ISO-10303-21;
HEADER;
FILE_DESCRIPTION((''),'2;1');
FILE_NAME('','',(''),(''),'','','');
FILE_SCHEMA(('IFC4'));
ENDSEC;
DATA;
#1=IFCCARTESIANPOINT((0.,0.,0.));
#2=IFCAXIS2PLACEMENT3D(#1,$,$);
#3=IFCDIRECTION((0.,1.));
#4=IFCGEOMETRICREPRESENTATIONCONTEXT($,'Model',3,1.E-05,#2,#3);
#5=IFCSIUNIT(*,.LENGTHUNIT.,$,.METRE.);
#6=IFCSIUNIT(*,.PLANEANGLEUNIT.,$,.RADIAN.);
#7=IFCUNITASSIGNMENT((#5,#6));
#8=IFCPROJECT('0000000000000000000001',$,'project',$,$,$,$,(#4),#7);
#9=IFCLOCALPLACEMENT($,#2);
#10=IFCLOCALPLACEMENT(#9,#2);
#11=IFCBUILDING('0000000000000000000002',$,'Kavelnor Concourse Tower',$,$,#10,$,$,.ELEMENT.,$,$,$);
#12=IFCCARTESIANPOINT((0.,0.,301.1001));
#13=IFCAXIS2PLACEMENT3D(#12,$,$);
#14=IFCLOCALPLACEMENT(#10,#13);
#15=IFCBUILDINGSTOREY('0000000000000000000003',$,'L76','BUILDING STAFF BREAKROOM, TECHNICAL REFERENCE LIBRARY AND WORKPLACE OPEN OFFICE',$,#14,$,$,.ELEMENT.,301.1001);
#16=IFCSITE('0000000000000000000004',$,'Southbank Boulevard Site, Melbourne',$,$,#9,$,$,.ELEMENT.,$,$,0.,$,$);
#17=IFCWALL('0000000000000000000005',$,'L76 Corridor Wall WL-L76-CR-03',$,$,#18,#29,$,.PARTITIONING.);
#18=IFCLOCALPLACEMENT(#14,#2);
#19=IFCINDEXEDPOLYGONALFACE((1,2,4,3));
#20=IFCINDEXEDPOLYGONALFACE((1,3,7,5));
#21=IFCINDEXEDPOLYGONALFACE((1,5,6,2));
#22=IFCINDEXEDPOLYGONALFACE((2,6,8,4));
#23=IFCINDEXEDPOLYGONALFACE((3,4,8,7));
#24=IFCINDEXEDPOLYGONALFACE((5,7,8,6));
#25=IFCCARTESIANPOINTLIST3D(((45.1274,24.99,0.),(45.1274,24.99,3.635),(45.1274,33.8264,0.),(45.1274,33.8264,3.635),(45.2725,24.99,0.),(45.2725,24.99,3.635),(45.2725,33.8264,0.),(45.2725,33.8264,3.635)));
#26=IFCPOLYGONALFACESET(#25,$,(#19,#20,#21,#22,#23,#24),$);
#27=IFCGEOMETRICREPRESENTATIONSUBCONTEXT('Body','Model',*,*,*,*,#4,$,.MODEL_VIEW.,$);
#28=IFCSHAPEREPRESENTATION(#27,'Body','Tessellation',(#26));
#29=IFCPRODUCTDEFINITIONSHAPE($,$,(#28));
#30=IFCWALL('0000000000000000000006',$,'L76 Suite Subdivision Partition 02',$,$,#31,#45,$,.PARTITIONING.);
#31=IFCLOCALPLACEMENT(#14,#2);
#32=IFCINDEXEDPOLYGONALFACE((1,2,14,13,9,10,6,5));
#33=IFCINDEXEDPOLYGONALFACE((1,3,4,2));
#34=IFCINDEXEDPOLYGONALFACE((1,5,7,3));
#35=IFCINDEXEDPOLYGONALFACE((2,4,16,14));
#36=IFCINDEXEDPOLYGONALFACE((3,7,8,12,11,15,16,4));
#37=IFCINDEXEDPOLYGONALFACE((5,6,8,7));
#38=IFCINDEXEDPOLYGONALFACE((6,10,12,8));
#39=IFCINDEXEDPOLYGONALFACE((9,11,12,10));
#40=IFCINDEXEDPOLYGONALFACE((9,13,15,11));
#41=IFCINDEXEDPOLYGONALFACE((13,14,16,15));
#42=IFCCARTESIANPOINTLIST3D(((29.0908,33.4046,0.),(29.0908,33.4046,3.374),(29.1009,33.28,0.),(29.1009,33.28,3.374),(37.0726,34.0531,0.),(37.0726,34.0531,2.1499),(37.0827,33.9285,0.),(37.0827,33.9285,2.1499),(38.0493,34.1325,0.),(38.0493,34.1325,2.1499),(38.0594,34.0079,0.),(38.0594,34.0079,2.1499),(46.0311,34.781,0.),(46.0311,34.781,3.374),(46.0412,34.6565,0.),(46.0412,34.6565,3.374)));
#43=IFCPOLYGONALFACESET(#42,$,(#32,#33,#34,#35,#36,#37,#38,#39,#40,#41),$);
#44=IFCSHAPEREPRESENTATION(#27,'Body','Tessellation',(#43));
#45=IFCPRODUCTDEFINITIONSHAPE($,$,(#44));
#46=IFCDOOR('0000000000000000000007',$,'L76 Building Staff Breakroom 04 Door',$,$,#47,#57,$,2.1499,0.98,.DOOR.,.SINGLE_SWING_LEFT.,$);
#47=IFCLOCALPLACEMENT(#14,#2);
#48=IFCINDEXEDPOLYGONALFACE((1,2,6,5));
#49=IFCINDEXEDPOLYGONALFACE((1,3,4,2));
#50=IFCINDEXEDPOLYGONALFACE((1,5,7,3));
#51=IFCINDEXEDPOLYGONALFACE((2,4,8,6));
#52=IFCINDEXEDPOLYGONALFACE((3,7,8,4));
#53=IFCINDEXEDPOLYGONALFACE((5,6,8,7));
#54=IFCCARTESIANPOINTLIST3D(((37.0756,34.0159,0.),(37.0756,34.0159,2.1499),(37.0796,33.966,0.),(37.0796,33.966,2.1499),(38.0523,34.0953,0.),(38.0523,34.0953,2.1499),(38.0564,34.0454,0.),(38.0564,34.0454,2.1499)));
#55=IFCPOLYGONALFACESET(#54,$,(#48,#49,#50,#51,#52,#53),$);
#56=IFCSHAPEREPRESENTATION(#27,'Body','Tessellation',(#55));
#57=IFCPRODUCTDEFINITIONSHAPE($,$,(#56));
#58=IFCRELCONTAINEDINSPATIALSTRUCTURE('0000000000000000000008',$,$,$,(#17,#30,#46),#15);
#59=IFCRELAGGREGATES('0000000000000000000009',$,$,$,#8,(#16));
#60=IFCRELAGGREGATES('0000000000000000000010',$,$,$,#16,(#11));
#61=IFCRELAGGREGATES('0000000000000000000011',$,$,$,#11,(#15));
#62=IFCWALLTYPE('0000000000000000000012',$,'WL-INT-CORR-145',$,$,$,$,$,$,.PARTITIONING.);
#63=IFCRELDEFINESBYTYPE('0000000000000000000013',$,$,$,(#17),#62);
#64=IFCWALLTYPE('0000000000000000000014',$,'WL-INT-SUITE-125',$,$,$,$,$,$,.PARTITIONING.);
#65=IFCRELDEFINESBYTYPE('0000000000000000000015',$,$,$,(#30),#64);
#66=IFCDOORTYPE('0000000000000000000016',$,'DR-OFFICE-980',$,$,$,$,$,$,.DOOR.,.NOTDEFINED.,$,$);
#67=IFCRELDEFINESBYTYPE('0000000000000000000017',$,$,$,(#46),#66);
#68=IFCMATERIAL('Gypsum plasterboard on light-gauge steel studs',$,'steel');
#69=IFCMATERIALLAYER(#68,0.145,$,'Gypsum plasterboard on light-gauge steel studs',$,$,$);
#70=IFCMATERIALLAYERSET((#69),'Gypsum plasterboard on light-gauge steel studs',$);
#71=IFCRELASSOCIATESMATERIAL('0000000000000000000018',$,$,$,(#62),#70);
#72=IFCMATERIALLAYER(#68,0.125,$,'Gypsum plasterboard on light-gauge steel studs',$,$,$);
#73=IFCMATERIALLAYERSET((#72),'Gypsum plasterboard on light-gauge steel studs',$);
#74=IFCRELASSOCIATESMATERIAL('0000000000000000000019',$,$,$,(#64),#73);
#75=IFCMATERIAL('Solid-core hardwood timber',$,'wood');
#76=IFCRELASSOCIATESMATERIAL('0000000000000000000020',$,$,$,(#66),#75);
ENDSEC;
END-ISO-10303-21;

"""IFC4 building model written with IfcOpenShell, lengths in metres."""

from ifc_helpers import new_model, si_unit, direction, frame, frame_2d, origin, place, context, subcontext, project, spatial, rectangle, extrude, material, layer, layer_set, type_object, element, fill, save


model = new_model("IFC4")

# Units and contexts
model_context = context("Model", 3, precision=1e-05, world=origin(), true_north=direction((0.0, 1.0)))
body_context = subcontext(model_context, "Body", "Model", "MODEL_VIEW")
ifc_project = project(units=[si_unit("LENGTHUNIT", "METRE"), si_unit("PLANEANGLEUNIT", "RADIAN")], contexts=[model_context])

# Site, building, storey
site_placement = place(None, origin())
site = spatial("IfcSite", under=ifc_project, at=site_placement, Name="Southbank Boulevard Site, Melbourne", CompositionType="ELEMENT", RefElevation=0.0)
building_placement = place(site_placement, origin())
building = spatial("IfcBuilding", under=site, at=building_placement, Name="Kavelnor Concourse Tower", CompositionType="ELEMENT")
storey_placement = place(building_placement, frame((0.0, 0.0, 301.1001)))
storey = spatial("IfcBuildingStorey", under=building, at=storey_placement, Name="L76", Description="BUILDING STAFF BREAKROOM, TECHNICAL REFERENCE LIBRARY AND WORKPLACE OPEN OFFICE", CompositionType="ELEMENT", Elevation=301.1001)

# Wall
ifc_material_1 = material(Name="Gypsum plasterboard on light-gauge steel studs", Category="steel")
ifc_layer_1 = layer(ifc_material_1, 0.145, Name="Gypsum plasterboard on light-gauge steel studs")
ifc_layer_set_1 = layer_set([ifc_layer_1], Name="Gypsum plasterboard on light-gauge steel studs")
wall_type_1 = type_object("IfcWallType", Name="WL-INT-CORR-145", PredefinedType="PARTITIONING", material=ifc_layer_set_1)
wall_1_placement = place(storey_placement, frame((45.2, 33.8264, 0.0), z_axis=(0.0, 0.0, 1.0), x_axis=(0.0, -1.0, 0.0)))
element("IfcWall", 1, at=wall_1_placement, inside=storey, type_object=wall_type_1, Name="L76 Corridor Wall WL-L76-CR-03", PredefinedType="PARTITIONING", context=body_context, shape_type="SweptSolid", body=[
    extrude(rectangle(XDim=8.8364, YDim=0.145, at=frame_2d((4.4182, 0.0))), origin(), (0.0, 0.0, 1.0), 3.635),
])

# Wall, opening, door
ifc_layer_2 = layer(ifc_material_1, 0.125, Name="Gypsum plasterboard on light-gauge steel studs")
ifc_layer_set_2 = layer_set([ifc_layer_2], Name="Gypsum plasterboard on light-gauge steel studs")
wall_type_2 = type_object("IfcWallType", Name="WL-INT-SUITE-125", PredefinedType="PARTITIONING", material=ifc_layer_set_2)
wall_2_placement = place(storey_placement, frame((46.0361, 34.7188, 0.0), z_axis=(0.0, 0.0, 1.0), x_axis=(-0.996715, -0.080988, 0.0)))
wall_2 = element("IfcWall", 2, at=wall_2_placement, inside=storey, type_object=wall_type_2, Name="L76 Suite Subdivision Partition 02", PredefinedType="PARTITIONING", context=body_context, shape_type="SweptSolid", body=[
    extrude(rectangle(XDim=16.9961, YDim=0.125, at=frame_2d((8.498, 0.0))), origin(), (0.0, 0.0, 1.0), 3.374),
])
opening_1_placement = place(wall_2_placement, frame((8.0081, 0.0, 0.0)))
opening_1 = element("IfcOpeningElement", 3, at=opening_1_placement, cuts=wall_2, PredefinedType="OPENING", context=body_context, shape_type="SweptSolid", body=[
    extrude(rectangle(XDim=0.98, YDim=2.1499, at=frame_2d((0.49, 1.075))), frame((0.0, 0.0725, 0.0), z_axis=(0.0, -1.0, 0.0), x_axis=(1.0, 0.0, 0.0)), (0.0, 0.0, 1.0), 0.145),
])
ifc_material_2 = material(Name="Solid-core hardwood timber", Category="wood")
door_type_1 = type_object("IfcDoorType", Name="DR-OFFICE-980", OperationType="NOTDEFINED", PredefinedType="DOOR", material=ifc_material_2)
door_1_placement = place(opening_1_placement, origin())
door_1 = element("IfcDoor", 4, at=door_1_placement, inside=storey, type_object=door_type_1, Name="L76 Building Staff Breakroom 04 Door", OperationType="SINGLE_SWING_LEFT", OverallHeight=2.1499, OverallWidth=0.98, PredefinedType="DOOR", context=body_context, shape_type="SweptSolid", body=[
    extrude(rectangle(XDim=0.98, YDim=2.1499, at=frame_2d((0.49, 1.075))), frame((0.0, 0.0249, 0.0), z_axis=(0.0, -1.0, 0.0), x_axis=(1.0, 0.0, 0.0)), (0.0, 0.0, 1.0), 0.05),
])
fill(opening_1, door_1)

save(model, "model.ifc")
